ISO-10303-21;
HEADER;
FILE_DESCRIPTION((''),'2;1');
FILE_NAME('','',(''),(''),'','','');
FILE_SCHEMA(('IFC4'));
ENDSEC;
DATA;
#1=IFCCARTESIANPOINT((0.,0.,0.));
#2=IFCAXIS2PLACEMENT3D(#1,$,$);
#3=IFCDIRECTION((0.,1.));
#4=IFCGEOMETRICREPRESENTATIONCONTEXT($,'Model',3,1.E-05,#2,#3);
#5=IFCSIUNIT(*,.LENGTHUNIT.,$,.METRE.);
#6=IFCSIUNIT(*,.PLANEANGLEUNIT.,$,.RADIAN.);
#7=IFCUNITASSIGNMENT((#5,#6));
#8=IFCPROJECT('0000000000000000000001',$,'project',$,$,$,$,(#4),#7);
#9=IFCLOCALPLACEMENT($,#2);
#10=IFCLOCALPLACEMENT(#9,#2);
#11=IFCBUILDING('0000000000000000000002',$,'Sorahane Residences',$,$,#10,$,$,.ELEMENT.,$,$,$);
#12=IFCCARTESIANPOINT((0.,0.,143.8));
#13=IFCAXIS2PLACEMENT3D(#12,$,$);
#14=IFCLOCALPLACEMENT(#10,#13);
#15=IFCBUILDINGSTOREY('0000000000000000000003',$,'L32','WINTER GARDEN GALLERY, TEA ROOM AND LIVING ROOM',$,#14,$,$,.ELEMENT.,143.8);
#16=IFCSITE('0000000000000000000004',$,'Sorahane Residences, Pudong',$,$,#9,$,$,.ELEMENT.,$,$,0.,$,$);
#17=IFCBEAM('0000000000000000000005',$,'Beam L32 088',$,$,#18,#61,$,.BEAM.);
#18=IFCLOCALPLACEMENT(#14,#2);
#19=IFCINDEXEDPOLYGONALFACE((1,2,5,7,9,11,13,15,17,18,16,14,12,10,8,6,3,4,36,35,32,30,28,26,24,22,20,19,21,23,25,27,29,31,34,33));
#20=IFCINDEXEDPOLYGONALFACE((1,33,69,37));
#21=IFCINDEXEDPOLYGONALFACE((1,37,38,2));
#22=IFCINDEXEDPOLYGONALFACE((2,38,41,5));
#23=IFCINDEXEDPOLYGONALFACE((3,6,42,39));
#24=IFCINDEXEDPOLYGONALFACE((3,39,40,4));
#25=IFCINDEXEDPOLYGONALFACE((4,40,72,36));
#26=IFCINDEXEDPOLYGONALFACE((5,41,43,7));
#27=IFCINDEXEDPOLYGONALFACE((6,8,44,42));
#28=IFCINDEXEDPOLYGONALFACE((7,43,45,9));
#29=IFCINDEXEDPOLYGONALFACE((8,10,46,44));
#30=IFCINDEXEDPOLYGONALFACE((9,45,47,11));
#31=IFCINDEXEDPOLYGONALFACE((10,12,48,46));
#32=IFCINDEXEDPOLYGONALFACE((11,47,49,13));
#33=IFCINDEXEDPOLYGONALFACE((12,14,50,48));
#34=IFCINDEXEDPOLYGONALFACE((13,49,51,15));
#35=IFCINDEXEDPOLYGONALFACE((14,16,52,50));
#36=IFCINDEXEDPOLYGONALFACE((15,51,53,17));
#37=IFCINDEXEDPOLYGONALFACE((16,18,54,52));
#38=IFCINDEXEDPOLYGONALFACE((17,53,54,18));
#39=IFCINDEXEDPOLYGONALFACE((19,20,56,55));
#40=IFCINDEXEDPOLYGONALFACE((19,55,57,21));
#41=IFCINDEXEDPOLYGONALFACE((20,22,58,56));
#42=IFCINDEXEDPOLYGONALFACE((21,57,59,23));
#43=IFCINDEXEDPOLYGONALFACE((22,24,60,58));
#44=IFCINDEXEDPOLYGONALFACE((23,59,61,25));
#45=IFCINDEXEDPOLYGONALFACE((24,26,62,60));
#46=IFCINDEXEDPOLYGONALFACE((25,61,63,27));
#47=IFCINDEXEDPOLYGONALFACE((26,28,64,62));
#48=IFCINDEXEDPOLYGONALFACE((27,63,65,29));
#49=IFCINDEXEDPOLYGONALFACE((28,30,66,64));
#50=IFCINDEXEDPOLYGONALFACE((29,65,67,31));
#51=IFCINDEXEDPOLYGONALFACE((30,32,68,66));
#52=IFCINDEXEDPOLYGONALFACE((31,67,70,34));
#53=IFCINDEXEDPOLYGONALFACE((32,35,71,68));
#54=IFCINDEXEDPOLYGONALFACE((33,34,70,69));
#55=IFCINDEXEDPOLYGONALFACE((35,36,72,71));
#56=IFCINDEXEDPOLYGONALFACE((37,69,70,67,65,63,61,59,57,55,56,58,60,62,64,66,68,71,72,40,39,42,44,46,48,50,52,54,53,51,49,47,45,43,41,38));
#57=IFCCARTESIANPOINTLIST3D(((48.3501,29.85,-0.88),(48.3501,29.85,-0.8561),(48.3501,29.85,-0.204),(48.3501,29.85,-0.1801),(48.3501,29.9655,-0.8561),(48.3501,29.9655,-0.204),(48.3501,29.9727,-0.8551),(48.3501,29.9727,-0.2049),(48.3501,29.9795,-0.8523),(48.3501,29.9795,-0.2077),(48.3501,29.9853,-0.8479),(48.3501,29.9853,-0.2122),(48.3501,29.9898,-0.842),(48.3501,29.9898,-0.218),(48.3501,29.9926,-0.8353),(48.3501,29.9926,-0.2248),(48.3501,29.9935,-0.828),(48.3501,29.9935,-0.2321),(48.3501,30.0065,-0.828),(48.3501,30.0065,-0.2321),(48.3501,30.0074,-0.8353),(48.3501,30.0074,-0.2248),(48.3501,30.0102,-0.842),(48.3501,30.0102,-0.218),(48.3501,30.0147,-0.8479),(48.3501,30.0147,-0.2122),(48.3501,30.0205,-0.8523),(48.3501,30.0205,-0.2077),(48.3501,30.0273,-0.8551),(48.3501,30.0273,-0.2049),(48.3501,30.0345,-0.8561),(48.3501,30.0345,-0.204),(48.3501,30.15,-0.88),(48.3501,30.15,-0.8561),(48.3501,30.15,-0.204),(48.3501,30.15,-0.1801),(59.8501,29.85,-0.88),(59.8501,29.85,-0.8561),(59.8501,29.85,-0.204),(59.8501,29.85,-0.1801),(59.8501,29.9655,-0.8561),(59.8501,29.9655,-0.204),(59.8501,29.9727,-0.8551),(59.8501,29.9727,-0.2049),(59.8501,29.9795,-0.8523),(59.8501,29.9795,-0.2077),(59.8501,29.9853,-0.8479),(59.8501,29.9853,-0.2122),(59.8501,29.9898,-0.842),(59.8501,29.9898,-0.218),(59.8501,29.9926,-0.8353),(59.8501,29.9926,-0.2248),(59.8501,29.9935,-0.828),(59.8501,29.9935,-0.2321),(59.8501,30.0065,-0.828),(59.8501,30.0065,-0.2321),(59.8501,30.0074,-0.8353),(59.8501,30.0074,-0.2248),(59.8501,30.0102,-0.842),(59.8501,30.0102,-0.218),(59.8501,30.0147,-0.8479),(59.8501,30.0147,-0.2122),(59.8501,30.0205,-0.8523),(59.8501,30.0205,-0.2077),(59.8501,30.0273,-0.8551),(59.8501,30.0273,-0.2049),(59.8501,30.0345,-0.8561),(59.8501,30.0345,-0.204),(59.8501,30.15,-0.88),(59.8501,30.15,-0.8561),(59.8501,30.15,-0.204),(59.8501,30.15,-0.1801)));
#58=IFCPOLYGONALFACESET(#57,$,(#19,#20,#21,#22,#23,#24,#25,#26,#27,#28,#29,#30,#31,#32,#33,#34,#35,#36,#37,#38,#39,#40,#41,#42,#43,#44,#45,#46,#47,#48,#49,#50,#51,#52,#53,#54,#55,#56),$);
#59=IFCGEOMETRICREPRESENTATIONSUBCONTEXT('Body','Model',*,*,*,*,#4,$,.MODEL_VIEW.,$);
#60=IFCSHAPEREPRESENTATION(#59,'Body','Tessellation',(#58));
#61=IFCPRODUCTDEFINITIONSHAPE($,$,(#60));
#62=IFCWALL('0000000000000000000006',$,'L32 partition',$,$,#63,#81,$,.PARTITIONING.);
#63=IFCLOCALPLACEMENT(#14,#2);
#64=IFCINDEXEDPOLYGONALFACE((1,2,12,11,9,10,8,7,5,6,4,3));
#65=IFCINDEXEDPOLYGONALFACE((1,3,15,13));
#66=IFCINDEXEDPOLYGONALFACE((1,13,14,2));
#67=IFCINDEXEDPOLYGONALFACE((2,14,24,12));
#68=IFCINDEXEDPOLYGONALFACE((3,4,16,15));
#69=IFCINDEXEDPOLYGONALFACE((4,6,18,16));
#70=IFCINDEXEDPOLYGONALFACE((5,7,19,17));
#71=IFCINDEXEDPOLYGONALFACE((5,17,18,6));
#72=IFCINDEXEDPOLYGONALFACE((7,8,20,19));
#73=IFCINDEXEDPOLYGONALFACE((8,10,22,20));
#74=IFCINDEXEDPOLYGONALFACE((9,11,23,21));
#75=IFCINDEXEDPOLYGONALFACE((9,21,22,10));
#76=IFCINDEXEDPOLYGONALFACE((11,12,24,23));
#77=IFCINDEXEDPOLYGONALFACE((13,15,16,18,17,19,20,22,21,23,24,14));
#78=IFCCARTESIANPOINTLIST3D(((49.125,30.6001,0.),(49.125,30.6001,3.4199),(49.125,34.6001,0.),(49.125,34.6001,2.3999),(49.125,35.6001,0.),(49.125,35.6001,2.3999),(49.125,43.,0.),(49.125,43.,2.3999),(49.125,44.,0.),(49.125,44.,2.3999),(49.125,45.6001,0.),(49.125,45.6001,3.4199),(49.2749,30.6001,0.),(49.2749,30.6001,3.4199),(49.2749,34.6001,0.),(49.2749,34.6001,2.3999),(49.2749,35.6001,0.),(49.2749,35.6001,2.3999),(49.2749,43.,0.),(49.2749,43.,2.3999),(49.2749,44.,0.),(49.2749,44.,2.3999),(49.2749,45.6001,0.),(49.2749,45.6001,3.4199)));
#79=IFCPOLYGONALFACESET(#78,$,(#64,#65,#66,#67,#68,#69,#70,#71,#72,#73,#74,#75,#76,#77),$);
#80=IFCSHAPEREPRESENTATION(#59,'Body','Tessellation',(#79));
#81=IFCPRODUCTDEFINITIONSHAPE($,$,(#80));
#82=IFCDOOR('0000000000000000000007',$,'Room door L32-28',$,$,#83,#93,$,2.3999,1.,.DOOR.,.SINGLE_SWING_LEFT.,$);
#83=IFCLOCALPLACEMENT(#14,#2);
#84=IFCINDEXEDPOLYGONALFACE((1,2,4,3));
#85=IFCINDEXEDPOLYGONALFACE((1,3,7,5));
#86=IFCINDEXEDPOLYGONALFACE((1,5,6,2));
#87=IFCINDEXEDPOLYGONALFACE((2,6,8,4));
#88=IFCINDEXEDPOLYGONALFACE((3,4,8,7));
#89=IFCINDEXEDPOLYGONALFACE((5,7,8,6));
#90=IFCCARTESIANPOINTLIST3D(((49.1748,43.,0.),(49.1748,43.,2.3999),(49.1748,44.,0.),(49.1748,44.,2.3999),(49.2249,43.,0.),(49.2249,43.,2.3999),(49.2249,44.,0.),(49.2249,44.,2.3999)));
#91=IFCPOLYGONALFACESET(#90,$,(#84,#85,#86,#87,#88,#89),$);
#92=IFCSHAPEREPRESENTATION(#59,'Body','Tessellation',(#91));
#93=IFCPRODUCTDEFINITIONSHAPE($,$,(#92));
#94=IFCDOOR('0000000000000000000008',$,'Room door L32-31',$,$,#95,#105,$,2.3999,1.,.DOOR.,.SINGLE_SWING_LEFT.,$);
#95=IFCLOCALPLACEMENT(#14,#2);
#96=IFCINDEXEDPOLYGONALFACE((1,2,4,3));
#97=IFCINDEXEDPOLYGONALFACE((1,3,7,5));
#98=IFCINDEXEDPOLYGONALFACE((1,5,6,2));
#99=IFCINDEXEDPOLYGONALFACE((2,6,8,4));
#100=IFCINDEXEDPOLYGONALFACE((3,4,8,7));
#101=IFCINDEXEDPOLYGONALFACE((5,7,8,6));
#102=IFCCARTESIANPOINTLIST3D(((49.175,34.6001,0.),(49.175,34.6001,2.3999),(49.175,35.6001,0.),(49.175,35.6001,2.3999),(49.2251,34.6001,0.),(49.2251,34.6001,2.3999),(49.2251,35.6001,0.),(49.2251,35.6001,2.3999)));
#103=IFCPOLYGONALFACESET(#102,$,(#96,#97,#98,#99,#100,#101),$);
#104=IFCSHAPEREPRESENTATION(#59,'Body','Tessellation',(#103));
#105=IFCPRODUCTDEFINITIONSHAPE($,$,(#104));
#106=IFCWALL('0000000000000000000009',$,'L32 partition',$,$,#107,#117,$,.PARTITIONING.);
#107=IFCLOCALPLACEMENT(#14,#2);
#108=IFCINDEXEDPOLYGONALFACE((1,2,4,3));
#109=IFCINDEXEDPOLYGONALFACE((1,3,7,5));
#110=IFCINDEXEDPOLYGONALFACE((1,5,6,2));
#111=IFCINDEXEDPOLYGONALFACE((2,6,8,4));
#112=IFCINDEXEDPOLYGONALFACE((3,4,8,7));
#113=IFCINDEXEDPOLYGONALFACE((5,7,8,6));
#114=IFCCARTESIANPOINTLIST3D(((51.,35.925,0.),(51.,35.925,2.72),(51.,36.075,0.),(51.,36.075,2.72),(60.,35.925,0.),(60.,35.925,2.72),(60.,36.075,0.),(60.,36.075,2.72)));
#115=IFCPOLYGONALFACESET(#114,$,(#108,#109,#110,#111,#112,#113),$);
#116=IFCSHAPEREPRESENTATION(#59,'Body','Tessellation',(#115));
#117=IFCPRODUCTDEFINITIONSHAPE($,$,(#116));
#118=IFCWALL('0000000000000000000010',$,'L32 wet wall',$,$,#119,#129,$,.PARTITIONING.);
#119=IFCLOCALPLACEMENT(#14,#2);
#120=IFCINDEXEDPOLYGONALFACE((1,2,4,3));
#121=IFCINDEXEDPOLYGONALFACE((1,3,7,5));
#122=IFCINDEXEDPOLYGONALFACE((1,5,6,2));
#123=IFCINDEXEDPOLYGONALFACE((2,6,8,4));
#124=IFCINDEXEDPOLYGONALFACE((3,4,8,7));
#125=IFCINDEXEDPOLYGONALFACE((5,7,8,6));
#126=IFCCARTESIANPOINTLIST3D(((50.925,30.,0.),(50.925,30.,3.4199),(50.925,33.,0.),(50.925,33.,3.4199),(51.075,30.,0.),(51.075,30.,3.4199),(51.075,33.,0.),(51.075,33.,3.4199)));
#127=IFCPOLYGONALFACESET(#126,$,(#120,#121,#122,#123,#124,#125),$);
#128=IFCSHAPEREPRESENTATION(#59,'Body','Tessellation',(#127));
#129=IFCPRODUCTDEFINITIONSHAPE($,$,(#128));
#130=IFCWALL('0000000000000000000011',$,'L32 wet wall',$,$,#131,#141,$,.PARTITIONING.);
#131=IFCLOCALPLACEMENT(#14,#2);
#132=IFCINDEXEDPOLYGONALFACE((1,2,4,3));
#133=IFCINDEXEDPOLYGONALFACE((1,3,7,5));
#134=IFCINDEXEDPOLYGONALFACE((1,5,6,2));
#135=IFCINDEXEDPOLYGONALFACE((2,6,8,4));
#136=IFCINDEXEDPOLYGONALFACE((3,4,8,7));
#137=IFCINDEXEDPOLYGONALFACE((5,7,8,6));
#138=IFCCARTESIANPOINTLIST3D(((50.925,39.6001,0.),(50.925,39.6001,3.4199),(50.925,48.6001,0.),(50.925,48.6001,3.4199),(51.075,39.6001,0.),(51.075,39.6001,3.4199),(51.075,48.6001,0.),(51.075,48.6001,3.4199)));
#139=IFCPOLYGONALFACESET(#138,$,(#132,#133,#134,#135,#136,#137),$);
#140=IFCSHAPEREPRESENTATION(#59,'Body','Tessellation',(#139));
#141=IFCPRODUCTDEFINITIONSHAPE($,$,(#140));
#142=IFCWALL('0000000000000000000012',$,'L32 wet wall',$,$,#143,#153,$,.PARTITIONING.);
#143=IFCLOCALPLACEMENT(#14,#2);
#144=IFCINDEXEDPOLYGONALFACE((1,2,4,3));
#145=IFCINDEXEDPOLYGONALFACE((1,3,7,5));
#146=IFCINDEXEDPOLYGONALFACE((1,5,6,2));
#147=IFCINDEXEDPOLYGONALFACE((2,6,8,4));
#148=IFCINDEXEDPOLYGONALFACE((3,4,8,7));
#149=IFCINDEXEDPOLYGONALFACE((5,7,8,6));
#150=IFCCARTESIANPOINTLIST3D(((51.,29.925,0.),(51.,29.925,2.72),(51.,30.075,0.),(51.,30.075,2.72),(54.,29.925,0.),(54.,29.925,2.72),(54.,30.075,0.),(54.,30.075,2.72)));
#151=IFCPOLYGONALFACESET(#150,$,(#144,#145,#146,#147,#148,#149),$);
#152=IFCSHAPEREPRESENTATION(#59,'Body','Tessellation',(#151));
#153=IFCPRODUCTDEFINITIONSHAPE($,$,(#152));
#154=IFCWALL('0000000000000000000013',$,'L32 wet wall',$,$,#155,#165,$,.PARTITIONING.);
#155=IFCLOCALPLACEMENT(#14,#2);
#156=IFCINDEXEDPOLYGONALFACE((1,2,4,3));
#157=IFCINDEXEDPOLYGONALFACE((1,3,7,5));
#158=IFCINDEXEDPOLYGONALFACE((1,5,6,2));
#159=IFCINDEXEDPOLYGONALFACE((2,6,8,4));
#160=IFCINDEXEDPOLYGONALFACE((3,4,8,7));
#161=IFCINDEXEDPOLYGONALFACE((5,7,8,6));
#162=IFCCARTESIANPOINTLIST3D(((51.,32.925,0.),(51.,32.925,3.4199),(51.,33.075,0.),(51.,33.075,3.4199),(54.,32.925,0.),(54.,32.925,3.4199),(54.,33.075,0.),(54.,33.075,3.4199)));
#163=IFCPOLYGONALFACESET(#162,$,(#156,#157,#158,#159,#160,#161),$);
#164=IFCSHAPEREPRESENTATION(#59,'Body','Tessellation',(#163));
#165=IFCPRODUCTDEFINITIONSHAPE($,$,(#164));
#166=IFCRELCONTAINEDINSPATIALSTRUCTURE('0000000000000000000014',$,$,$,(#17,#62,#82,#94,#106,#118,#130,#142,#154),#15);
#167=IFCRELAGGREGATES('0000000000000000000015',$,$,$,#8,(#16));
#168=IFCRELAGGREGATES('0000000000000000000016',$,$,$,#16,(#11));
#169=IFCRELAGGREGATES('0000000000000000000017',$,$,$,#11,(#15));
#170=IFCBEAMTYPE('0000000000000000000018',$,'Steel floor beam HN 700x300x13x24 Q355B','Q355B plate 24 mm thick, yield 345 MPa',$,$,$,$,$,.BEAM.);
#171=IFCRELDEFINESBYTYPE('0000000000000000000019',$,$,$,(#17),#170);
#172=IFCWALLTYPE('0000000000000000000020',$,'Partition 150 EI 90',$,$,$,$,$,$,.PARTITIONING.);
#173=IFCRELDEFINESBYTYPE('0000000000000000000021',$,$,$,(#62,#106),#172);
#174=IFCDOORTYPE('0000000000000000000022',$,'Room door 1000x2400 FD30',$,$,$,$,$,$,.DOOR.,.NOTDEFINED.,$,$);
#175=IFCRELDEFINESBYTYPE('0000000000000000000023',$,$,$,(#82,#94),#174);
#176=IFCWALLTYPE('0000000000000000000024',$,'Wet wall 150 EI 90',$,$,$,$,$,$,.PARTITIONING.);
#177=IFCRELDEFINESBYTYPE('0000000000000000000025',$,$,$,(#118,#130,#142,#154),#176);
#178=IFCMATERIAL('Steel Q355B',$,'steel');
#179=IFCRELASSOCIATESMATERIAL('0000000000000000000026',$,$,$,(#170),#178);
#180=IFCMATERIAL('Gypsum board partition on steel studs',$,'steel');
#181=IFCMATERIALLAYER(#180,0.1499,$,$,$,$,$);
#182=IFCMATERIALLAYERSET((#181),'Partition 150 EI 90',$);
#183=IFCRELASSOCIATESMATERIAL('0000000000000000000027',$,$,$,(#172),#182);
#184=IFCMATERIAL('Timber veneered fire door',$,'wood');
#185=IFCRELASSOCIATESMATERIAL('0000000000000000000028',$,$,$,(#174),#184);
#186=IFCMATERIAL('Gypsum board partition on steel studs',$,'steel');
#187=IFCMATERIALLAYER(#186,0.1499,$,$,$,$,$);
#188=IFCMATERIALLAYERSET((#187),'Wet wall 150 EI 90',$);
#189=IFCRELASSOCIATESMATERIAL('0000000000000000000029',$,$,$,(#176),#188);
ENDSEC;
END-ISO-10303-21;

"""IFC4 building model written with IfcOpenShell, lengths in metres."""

from ifc_helpers import new_model, si_unit, direction, frame, frame_2d, origin, origin_2d, place, context, subcontext, project, spatial, rectangle, i_section, extrude, material, layer, layer_set, material_profile, profile_set, type_object, element, fill, save


model = new_model("IFC4")

# Units and contexts
model_context = context("Model", 3, precision=1e-05, world=origin(), true_north=direction((0.0, 1.0)))
body_context = subcontext(model_context, "Body", "Model", "MODEL_VIEW")
ifc_project = project(units=[si_unit("LENGTHUNIT", "METRE"), si_unit("PLANEANGLEUNIT", "RADIAN")], contexts=[model_context])

# Site, building, storey
site_placement = place(None, origin())
site = spatial("IfcSite", under=ifc_project, at=site_placement, Name="Sorahane Residences, Pudong", CompositionType="ELEMENT", RefElevation=0.0)
building_placement = place(site_placement, origin())
building = spatial("IfcBuilding", under=site, at=building_placement, Name="Sorahane Residences", CompositionType="ELEMENT")
storey_placement = place(building_placement, frame((0.0, 0.0, 143.8)))
storey = spatial("IfcBuildingStorey", under=building, at=storey_placement, Name="L32", Description="WINTER GARDEN GALLERY, TEA ROOM AND LIVING ROOM", CompositionType="ELEMENT", Elevation=143.8)

# Beam
ifc_material_1 = material(Name="Steel Q355B", Category="steel")
ifc_material_profile_1 = material_profile(ifc_material_1, i_section(OverallWidth=0.3, OverallDepth=0.7, WebThickness=0.0129, FlangeThickness=0.0239, FilletRadius=0.0281, at=origin_2d()), Name="HN 700x300x13x24")
ifc_profile_set_1 = profile_set([ifc_material_profile_1], Name="Steel Q355B")
beam_type_1 = type_object("IfcBeamType", Name="Steel floor beam HN 700x300x13x24 Q355B", Description="Q355B plate 24 mm thick, yield 345 MPa", PredefinedType="BEAM", material=ifc_profile_set_1)
beam_1_placement = place(storey_placement, frame((48.3501, 30.0, -0.53), z_axis=(1.0, 0.0, 0.0), x_axis=(0.0, 1.0, 0.0)))
element("IfcBeam", 1, at=beam_1_placement, inside=storey, type_object=beam_type_1, Name="Beam L32 088", PredefinedType="BEAM", context=body_context, shape_type="SweptSolid", body=[
    extrude(i_section(OverallWidth=0.3, OverallDepth=0.7, WebThickness=0.0129, FlangeThickness=0.0239, FilletRadius=0.0281, at=origin_2d()), origin(), (0.0, 0.0, 1.0), 11.5),
])

# Wall, openings, doors
ifc_material_2 = material(Name="Gypsum board partition on steel studs", Category="steel")
ifc_layer_1 = layer(ifc_material_2, 0.1499)
ifc_layer_set_1 = layer_set([ifc_layer_1], Name="Partition 150 EI 90")
wall_type_1 = type_object("IfcWallType", Name="Partition 150 EI 90", PredefinedType="PARTITIONING", material=ifc_layer_set_1)
wall_1_placement = place(storey_placement, frame((49.2, 30.6001, 0.0), z_axis=(0.0, 0.0, 1.0), x_axis=(0.0, 1.0, 0.0)))
wall_1 = element("IfcWall", 2, at=wall_1_placement, inside=storey, type_object=wall_type_1, Name="L32 partition", PredefinedType="PARTITIONING", context=body_context, shape_type="SweptSolid", body=[
    extrude(rectangle(XDim=15.0, YDim=0.1499, at=frame_2d((7.5, 0.0))), origin(), (0.0, 0.0, 1.0), 3.4199),
])
opening_1_placement = place(wall_1_placement, frame((12.3999, 0.0, 0.0)))
opening_1 = element("IfcOpeningElement", 3, at=opening_1_placement, cuts=wall_1, PredefinedType="OPENING", context=body_context, shape_type="SweptSolid", body=[
    extrude(rectangle(XDim=1.0, YDim=2.3999, at=frame_2d((0.5, 1.2))), frame((0.0, 0.085, 0.0), z_axis=(0.0, -1.0, 0.0), x_axis=(1.0, 0.0, 0.0)), (0.0, 0.0, 1.0), 0.1699),
])
opening_2_placement = place(wall_1_placement, frame((4.0, 0.0, 0.0)))
opening_2 = element("IfcOpeningElement", 4, at=opening_2_placement, cuts=wall_1, PredefinedType="OPENING", context=body_context, shape_type="SweptSolid", body=[
    extrude(rectangle(XDim=1.0, YDim=2.3999, at=frame_2d((0.5, 1.2))), frame((0.0, 0.085, 0.0), z_axis=(0.0, -1.0, 0.0), x_axis=(1.0, 0.0, 0.0)), (0.0, 0.0, 1.0), 0.1699),
])
ifc_material_3 = material(Name="Timber veneered fire door", Category="wood")
door_type = type_object("IfcDoorType", Name="Room door 1000x2400 FD30", OperationType="NOTDEFINED", PredefinedType="DOOR", material=ifc_material_3)
door_1_placement = place(opening_1_placement, frame((1.0, 0.0, 0.0), z_axis=(0.0, 0.0, 1.0), x_axis=(-1.0, 0.0, 0.0)))
door_1 = element("IfcDoor", 5, at=door_1_placement, inside=storey, type_object=door_type, Name="Room door L32-28", OperationType="SINGLE_SWING_LEFT", OverallHeight=2.3999, OverallWidth=1.0, PredefinedType="DOOR", context=body_context, shape_type="SweptSolid", body=[
    extrude(rectangle(XDim=1.0, YDim=2.3999, at=frame_2d((0.5, 1.2))), frame((0.0, 0.0249, 0.0), z_axis=(0.0, -1.0, 0.0), x_axis=(1.0, 0.0, 0.0)), (0.0, 0.0, 1.0), 0.05),
])
fill(opening_1, door_1)
door_2_placement = place(opening_2_placement, origin())
door_2 = element("IfcDoor", 6, at=door_2_placement, inside=storey, type_object=door_type, Name="Room door L32-31", OperationType="SINGLE_SWING_LEFT", OverallHeight=2.3999, OverallWidth=1.0, PredefinedType="DOOR", context=body_context, shape_type="SweptSolid", body=[
    extrude(rectangle(XDim=1.0, YDim=2.3999, at=frame_2d((0.5, 1.2))), frame((0.0, 0.0249, 0.0), z_axis=(0.0, -1.0, 0.0), x_axis=(1.0, 0.0, 0.0)), (0.0, 0.0, 1.0), 0.05),
])
fill(opening_2, door_2)

# Walls
wall_2_placement = place(storey_placement, frame((51.0, 36.0, 0.0), z_axis=(0.0, 0.0, 1.0), x_axis=(1.0, 0.0, 0.0)))
element("IfcWall", 7, at=wall_2_placement, inside=storey, type_object=wall_type_1, Name="L32 partition", PredefinedType="PARTITIONING", context=body_context, shape_type="SweptSolid", body=[
    extrude(rectangle(XDim=9.0, YDim=0.1499, at=frame_2d((4.5, 0.0))), origin(), (0.0, 0.0, 1.0), 2.72),
])
ifc_material_4 = material(Name="Gypsum board partition on steel studs", Category="steel")
ifc_layer_2 = layer(ifc_material_4, 0.1499)
ifc_layer_set_2 = layer_set([ifc_layer_2], Name="Wet wall 150 EI 90")
wall_type_2 = type_object("IfcWallType", Name="Wet wall 150 EI 90", PredefinedType="PARTITIONING", material=ifc_layer_set_2)
wall_3_placement = place(storey_placement, frame((51.0, 30.0, 0.0), z_axis=(0.0, 0.0, 1.0), x_axis=(0.0, 1.0, 0.0)))
element("IfcWall", 8, at=wall_3_placement, inside=storey, type_object=wall_type_2, Name="L32 wet wall", PredefinedType="PARTITIONING", context=body_context, shape_type="SweptSolid", body=[
    extrude(rectangle(XDim=3.0, YDim=0.1499, at=frame_2d((1.5, 0.0))), origin(), (0.0, 0.0, 1.0), 3.4199),
])
wall_4_placement = place(storey_placement, frame((51.0, 39.6001, 0.0), z_axis=(0.0, 0.0, 1.0), x_axis=(0.0, 1.0, 0.0)))
element("IfcWall", 9, at=wall_4_placement, inside=storey, type_object=wall_type_2, Name="L32 wet wall", PredefinedType="PARTITIONING", context=body_context, shape_type="SweptSolid", body=[
    extrude(rectangle(XDim=9.0, YDim=0.1499, at=frame_2d((4.5, 0.0))), origin(), (0.0, 0.0, 1.0), 3.4199),
])
wall_5_placement = place(storey_placement, frame((51.0, 30.0, 0.0), z_axis=(0.0, 0.0, 1.0), x_axis=(1.0, 0.0, 0.0)))
element("IfcWall", 10, at=wall_5_placement, inside=storey, type_object=wall_type_2, Name="L32 wet wall", PredefinedType="PARTITIONING", context=body_context, shape_type="SweptSolid", body=[
    extrude(rectangle(XDim=3.0, YDim=0.1499, at=frame_2d((1.5, 0.0))), origin(), (0.0, 0.0, 1.0), 2.72),
])
wall_6_placement = place(storey_placement, frame((51.0, 33.0, 0.0), z_axis=(0.0, 0.0, 1.0), x_axis=(1.0, 0.0, 0.0)))
element("IfcWall", 11, at=wall_6_placement, inside=storey, type_object=wall_type_2, Name="L32 wet wall", PredefinedType="PARTITIONING", context=body_context, shape_type="SweptSolid", body=[
    extrude(rectangle(XDim=3.0, YDim=0.1499, at=frame_2d((1.5, 0.0))), origin(), (0.0, 0.0, 1.0), 3.4199),
])

save(model, "model.ifc")
